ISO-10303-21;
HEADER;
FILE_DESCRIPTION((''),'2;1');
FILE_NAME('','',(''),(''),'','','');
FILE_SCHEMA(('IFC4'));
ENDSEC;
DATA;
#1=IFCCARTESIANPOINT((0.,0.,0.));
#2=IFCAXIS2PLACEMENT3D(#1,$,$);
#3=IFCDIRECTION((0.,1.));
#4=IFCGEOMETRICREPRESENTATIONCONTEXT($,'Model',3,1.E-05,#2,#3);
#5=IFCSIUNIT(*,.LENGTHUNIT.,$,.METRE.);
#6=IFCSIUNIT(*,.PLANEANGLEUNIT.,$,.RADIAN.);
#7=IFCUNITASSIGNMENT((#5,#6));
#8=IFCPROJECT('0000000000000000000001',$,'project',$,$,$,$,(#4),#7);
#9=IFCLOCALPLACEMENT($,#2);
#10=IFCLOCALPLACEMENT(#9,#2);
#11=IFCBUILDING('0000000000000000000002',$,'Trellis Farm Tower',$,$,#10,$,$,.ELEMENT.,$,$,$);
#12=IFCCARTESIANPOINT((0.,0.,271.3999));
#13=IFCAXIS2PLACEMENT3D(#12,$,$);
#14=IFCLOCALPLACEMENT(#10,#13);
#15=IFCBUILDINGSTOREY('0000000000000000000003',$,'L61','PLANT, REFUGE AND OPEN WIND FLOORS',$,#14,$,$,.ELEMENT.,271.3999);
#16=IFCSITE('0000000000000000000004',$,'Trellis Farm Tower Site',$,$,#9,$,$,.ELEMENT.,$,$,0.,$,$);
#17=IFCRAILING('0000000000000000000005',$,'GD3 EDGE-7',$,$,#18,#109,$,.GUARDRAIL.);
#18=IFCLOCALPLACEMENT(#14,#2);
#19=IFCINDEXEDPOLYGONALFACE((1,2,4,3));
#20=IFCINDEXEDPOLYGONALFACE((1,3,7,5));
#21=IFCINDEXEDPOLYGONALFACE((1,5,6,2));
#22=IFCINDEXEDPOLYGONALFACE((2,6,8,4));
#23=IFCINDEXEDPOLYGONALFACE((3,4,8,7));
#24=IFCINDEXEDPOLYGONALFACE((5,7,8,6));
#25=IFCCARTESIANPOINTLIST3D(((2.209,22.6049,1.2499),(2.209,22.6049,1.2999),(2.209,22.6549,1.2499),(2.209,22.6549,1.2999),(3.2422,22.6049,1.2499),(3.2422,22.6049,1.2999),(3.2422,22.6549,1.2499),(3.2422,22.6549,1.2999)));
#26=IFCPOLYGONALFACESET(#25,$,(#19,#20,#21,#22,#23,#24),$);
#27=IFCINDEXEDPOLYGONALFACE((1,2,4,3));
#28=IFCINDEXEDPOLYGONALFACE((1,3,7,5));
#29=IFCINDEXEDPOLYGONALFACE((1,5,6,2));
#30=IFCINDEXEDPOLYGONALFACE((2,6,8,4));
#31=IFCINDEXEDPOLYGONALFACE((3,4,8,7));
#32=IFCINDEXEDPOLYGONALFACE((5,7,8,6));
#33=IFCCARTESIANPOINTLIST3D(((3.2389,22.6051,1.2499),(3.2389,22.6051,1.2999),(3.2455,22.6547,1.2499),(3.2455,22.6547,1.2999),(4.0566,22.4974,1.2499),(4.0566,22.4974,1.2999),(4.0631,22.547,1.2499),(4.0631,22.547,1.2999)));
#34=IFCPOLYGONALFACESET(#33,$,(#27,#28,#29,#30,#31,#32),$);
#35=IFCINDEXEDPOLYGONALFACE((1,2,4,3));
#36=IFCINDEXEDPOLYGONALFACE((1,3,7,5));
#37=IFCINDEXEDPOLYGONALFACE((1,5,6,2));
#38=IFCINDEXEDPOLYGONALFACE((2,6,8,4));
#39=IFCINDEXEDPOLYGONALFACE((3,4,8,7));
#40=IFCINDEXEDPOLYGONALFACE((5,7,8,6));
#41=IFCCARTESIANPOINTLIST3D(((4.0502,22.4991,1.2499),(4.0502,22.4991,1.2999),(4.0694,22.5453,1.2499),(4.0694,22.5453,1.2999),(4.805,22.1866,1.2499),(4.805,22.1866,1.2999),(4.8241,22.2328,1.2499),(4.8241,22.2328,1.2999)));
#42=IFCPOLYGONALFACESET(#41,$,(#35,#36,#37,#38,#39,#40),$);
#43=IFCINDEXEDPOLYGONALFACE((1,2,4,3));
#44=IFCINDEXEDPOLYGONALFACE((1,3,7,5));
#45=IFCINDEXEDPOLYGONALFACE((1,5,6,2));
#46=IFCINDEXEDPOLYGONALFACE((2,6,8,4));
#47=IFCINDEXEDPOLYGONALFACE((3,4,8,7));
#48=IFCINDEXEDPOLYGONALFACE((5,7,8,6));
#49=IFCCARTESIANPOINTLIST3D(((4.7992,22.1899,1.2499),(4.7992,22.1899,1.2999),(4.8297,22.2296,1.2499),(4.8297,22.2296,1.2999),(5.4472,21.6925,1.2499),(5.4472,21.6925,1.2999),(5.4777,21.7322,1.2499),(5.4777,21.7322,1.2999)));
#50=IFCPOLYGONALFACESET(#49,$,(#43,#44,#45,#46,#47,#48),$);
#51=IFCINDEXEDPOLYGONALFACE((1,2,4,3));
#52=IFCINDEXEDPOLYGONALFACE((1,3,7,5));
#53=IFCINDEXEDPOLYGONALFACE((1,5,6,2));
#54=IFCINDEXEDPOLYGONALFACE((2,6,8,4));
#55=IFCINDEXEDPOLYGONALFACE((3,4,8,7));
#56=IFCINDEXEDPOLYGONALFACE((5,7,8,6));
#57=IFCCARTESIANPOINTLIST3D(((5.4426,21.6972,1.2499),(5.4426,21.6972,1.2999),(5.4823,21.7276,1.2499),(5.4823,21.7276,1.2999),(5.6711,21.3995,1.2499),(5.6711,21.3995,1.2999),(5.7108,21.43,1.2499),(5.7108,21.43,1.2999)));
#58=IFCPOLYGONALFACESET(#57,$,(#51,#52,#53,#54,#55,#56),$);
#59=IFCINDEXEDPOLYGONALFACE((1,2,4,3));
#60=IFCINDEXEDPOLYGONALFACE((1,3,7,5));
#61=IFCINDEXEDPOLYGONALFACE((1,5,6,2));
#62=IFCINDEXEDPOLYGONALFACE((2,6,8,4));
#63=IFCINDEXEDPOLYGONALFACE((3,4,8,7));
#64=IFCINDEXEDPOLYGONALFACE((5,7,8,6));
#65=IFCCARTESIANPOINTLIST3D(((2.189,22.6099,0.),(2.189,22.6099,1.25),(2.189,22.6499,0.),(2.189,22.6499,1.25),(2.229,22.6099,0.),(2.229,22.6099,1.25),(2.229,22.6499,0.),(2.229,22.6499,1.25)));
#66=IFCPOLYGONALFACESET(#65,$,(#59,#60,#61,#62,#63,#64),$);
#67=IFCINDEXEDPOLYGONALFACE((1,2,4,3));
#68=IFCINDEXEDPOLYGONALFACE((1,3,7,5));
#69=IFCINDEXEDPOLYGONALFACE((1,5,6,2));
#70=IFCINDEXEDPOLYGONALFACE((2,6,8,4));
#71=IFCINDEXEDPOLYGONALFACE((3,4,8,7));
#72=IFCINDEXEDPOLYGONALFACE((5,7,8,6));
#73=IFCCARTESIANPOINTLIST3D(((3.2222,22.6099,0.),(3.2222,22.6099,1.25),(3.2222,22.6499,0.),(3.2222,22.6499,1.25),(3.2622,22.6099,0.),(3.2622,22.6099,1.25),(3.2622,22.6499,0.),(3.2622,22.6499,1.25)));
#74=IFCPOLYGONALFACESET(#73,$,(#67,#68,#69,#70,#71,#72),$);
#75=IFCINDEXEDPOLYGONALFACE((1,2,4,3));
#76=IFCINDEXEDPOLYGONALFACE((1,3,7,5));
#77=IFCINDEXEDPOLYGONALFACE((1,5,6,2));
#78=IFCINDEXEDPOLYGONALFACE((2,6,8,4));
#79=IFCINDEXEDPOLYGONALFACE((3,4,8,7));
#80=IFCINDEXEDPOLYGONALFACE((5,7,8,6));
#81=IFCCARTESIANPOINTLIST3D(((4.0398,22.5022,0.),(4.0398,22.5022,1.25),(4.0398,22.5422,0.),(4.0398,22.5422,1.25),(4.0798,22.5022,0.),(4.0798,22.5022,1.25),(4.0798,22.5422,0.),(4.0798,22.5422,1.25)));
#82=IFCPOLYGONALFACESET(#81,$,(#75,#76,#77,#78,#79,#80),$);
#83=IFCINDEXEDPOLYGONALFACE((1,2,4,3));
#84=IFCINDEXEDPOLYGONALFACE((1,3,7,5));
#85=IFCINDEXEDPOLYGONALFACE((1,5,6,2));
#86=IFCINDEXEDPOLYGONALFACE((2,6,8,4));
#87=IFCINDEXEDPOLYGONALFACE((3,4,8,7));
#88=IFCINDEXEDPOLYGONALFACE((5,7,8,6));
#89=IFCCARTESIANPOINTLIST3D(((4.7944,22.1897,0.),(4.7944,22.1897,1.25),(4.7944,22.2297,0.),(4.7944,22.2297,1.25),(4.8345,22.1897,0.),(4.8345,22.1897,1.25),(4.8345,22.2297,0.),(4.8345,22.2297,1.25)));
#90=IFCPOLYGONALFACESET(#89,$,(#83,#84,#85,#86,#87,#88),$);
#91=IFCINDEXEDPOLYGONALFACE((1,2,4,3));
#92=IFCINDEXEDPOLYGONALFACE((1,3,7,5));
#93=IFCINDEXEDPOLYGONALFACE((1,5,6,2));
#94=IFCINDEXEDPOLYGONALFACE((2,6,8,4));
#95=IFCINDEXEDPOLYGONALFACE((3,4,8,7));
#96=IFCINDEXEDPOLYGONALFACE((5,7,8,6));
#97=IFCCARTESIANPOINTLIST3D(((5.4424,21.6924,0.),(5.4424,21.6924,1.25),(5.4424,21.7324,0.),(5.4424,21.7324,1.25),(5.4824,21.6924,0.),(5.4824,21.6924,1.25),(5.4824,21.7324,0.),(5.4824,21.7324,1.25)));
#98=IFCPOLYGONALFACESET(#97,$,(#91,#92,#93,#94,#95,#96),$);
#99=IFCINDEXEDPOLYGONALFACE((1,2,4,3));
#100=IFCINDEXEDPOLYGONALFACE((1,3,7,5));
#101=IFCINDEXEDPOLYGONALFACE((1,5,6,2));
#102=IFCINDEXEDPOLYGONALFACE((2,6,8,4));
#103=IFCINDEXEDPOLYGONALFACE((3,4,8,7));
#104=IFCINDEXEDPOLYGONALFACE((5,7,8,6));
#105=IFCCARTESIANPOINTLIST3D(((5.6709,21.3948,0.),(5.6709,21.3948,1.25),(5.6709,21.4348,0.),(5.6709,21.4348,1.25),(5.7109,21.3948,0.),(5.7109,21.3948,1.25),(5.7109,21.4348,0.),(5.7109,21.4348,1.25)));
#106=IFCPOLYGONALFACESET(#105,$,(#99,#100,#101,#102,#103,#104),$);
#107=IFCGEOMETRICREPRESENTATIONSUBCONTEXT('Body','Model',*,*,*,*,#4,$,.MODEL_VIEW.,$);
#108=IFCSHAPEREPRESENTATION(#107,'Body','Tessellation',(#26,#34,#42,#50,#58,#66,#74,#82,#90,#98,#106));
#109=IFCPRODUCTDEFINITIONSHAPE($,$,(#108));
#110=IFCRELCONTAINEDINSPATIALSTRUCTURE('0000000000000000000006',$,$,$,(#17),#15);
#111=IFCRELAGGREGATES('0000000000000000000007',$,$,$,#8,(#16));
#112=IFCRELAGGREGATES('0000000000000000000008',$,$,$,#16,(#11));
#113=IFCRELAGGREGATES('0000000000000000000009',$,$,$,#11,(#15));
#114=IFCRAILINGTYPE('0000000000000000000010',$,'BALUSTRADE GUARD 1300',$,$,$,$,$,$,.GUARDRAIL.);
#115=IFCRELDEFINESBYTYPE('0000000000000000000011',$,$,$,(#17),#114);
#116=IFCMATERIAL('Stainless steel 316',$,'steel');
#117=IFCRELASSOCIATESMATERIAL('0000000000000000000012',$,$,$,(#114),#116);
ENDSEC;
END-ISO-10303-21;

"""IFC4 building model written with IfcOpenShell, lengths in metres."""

from ifc_helpers import new_model, si_unit, direction, frame, origin, origin_2d, place, context, subcontext, project, spatial, rectangle, extrude, material, type_object, element, save


model = new_model("IFC4")

# Units and contexts
model_context = context("Model", 3, precision=1e-05, world=origin(), true_north=direction((0.0, 1.0)))
body_context = subcontext(model_context, "Body", "Model", "MODEL_VIEW")
ifc_project = project(units=[si_unit("LENGTHUNIT", "METRE"), si_unit("PLANEANGLEUNIT", "RADIAN")], contexts=[model_context])

# Site, building, storey
site_placement = place(None, origin())
site = spatial("IfcSite", under=ifc_project, at=site_placement, Name="Trellis Farm Tower Site", CompositionType="ELEMENT", RefElevation=0.0)
building_placement = place(site_placement, origin())
building = spatial("IfcBuilding", under=site, at=building_placement, Name="Trellis Farm Tower", CompositionType="ELEMENT")
storey_placement = place(building_placement, frame((0.0, 0.0, 271.3999)))
storey = spatial("IfcBuildingStorey", under=building, at=storey_placement, Name="L61", Description="PLANT, REFUGE AND OPEN WIND FLOORS", CompositionType="ELEMENT", Elevation=271.3999)

# Railing
ifc_material_1 = material(Name="Stainless steel 316", Category="steel")
railing_type_1 = type_object("IfcRailingType", Name="BALUSTRADE GUARD 1300", PredefinedType="GUARDRAIL", material=ifc_material_1)
railing_placement = place(storey_placement, frame((2.209, 22.6299, 0.0)))
element("IfcRailing", 1, at=railing_placement, inside=storey, type_object=railing_type_1, Name="GD3 EDGE-7", PredefinedType="GUARDRAIL", context=body_context, shape_type="SweptSolid", body=[
    extrude(rectangle(XDim=0.05, YDim=0.05, at=origin_2d()), frame((0.0, 0.0, 1.2749), z_axis=(1.0, 0.0, 0.0), x_axis=(0.0, 1.0, 0.0)), (0.0, 0.0, 1.0), 1.0332),
    extrude(rectangle(XDim=0.05, YDim=0.05, at=origin_2d()), frame((1.0332, 0.0, 1.2749), z_axis=(0.991441, -0.130554, 0.0), x_axis=(0.130554, 0.991441, 0.0)), (0.0, 0.0, 1.0), 0.8247),
    extrude(rectangle(XDim=0.05, YDim=0.05, at=origin_2d()), frame((1.8508, -0.1077, 1.2749), z_axis=(0.923915, -0.382598, 0.0), x_axis=(0.382598, 0.923915, 0.0)), (0.0, 0.0, 1.0), 0.8169),
    extrude(rectangle(XDim=0.05, YDim=0.05, at=origin_2d()), frame((2.6055, -0.4202, 1.2749), z_axis=(0.793279, -0.608858, 0.0), x_axis=(0.608858, 0.793279, 0.0)), (0.0, 0.0, 1.0), 0.8169),
    extrude(rectangle(XDim=0.05, YDim=0.05, at=origin_2d()), frame((3.2534, -0.9175, 1.2749), z_axis=(0.609019, -0.793156, 0.0), x_axis=(0.793156, 0.609019, 0.0)), (0.0, 0.0, 1.0), 0.3752),
    extrude(rectangle(XDim=0.04, YDim=0.04, at=origin_2d()), origin(), (0.0, 0.0, 1.0), 1.25),
    extrude(rectangle(XDim=0.04, YDim=0.04, at=origin_2d()), frame((1.0332, 0.0, 0.0)), (0.0, 0.0, 1.0), 1.25),
    extrude(rectangle(XDim=0.04, YDim=0.04, at=origin_2d()), frame((1.8508, -0.1077, 0.0)), (0.0, 0.0, 1.0), 1.25),
    extrude(rectangle(XDim=0.04, YDim=0.04, at=origin_2d()), frame((2.6055, -0.4202, 0.0)), (0.0, 0.0, 1.0), 1.25),
    extrude(rectangle(XDim=0.04, YDim=0.04, at=origin_2d()), frame((3.2534, -0.9175, 0.0)), (0.0, 0.0, 1.0), 1.25),
    extrude(rectangle(XDim=0.04, YDim=0.04, at=origin_2d()), frame((3.4819, -1.2151, 0.0)), (0.0, 0.0, 1.0), 1.25),
])

save(model, "model.ifc")
